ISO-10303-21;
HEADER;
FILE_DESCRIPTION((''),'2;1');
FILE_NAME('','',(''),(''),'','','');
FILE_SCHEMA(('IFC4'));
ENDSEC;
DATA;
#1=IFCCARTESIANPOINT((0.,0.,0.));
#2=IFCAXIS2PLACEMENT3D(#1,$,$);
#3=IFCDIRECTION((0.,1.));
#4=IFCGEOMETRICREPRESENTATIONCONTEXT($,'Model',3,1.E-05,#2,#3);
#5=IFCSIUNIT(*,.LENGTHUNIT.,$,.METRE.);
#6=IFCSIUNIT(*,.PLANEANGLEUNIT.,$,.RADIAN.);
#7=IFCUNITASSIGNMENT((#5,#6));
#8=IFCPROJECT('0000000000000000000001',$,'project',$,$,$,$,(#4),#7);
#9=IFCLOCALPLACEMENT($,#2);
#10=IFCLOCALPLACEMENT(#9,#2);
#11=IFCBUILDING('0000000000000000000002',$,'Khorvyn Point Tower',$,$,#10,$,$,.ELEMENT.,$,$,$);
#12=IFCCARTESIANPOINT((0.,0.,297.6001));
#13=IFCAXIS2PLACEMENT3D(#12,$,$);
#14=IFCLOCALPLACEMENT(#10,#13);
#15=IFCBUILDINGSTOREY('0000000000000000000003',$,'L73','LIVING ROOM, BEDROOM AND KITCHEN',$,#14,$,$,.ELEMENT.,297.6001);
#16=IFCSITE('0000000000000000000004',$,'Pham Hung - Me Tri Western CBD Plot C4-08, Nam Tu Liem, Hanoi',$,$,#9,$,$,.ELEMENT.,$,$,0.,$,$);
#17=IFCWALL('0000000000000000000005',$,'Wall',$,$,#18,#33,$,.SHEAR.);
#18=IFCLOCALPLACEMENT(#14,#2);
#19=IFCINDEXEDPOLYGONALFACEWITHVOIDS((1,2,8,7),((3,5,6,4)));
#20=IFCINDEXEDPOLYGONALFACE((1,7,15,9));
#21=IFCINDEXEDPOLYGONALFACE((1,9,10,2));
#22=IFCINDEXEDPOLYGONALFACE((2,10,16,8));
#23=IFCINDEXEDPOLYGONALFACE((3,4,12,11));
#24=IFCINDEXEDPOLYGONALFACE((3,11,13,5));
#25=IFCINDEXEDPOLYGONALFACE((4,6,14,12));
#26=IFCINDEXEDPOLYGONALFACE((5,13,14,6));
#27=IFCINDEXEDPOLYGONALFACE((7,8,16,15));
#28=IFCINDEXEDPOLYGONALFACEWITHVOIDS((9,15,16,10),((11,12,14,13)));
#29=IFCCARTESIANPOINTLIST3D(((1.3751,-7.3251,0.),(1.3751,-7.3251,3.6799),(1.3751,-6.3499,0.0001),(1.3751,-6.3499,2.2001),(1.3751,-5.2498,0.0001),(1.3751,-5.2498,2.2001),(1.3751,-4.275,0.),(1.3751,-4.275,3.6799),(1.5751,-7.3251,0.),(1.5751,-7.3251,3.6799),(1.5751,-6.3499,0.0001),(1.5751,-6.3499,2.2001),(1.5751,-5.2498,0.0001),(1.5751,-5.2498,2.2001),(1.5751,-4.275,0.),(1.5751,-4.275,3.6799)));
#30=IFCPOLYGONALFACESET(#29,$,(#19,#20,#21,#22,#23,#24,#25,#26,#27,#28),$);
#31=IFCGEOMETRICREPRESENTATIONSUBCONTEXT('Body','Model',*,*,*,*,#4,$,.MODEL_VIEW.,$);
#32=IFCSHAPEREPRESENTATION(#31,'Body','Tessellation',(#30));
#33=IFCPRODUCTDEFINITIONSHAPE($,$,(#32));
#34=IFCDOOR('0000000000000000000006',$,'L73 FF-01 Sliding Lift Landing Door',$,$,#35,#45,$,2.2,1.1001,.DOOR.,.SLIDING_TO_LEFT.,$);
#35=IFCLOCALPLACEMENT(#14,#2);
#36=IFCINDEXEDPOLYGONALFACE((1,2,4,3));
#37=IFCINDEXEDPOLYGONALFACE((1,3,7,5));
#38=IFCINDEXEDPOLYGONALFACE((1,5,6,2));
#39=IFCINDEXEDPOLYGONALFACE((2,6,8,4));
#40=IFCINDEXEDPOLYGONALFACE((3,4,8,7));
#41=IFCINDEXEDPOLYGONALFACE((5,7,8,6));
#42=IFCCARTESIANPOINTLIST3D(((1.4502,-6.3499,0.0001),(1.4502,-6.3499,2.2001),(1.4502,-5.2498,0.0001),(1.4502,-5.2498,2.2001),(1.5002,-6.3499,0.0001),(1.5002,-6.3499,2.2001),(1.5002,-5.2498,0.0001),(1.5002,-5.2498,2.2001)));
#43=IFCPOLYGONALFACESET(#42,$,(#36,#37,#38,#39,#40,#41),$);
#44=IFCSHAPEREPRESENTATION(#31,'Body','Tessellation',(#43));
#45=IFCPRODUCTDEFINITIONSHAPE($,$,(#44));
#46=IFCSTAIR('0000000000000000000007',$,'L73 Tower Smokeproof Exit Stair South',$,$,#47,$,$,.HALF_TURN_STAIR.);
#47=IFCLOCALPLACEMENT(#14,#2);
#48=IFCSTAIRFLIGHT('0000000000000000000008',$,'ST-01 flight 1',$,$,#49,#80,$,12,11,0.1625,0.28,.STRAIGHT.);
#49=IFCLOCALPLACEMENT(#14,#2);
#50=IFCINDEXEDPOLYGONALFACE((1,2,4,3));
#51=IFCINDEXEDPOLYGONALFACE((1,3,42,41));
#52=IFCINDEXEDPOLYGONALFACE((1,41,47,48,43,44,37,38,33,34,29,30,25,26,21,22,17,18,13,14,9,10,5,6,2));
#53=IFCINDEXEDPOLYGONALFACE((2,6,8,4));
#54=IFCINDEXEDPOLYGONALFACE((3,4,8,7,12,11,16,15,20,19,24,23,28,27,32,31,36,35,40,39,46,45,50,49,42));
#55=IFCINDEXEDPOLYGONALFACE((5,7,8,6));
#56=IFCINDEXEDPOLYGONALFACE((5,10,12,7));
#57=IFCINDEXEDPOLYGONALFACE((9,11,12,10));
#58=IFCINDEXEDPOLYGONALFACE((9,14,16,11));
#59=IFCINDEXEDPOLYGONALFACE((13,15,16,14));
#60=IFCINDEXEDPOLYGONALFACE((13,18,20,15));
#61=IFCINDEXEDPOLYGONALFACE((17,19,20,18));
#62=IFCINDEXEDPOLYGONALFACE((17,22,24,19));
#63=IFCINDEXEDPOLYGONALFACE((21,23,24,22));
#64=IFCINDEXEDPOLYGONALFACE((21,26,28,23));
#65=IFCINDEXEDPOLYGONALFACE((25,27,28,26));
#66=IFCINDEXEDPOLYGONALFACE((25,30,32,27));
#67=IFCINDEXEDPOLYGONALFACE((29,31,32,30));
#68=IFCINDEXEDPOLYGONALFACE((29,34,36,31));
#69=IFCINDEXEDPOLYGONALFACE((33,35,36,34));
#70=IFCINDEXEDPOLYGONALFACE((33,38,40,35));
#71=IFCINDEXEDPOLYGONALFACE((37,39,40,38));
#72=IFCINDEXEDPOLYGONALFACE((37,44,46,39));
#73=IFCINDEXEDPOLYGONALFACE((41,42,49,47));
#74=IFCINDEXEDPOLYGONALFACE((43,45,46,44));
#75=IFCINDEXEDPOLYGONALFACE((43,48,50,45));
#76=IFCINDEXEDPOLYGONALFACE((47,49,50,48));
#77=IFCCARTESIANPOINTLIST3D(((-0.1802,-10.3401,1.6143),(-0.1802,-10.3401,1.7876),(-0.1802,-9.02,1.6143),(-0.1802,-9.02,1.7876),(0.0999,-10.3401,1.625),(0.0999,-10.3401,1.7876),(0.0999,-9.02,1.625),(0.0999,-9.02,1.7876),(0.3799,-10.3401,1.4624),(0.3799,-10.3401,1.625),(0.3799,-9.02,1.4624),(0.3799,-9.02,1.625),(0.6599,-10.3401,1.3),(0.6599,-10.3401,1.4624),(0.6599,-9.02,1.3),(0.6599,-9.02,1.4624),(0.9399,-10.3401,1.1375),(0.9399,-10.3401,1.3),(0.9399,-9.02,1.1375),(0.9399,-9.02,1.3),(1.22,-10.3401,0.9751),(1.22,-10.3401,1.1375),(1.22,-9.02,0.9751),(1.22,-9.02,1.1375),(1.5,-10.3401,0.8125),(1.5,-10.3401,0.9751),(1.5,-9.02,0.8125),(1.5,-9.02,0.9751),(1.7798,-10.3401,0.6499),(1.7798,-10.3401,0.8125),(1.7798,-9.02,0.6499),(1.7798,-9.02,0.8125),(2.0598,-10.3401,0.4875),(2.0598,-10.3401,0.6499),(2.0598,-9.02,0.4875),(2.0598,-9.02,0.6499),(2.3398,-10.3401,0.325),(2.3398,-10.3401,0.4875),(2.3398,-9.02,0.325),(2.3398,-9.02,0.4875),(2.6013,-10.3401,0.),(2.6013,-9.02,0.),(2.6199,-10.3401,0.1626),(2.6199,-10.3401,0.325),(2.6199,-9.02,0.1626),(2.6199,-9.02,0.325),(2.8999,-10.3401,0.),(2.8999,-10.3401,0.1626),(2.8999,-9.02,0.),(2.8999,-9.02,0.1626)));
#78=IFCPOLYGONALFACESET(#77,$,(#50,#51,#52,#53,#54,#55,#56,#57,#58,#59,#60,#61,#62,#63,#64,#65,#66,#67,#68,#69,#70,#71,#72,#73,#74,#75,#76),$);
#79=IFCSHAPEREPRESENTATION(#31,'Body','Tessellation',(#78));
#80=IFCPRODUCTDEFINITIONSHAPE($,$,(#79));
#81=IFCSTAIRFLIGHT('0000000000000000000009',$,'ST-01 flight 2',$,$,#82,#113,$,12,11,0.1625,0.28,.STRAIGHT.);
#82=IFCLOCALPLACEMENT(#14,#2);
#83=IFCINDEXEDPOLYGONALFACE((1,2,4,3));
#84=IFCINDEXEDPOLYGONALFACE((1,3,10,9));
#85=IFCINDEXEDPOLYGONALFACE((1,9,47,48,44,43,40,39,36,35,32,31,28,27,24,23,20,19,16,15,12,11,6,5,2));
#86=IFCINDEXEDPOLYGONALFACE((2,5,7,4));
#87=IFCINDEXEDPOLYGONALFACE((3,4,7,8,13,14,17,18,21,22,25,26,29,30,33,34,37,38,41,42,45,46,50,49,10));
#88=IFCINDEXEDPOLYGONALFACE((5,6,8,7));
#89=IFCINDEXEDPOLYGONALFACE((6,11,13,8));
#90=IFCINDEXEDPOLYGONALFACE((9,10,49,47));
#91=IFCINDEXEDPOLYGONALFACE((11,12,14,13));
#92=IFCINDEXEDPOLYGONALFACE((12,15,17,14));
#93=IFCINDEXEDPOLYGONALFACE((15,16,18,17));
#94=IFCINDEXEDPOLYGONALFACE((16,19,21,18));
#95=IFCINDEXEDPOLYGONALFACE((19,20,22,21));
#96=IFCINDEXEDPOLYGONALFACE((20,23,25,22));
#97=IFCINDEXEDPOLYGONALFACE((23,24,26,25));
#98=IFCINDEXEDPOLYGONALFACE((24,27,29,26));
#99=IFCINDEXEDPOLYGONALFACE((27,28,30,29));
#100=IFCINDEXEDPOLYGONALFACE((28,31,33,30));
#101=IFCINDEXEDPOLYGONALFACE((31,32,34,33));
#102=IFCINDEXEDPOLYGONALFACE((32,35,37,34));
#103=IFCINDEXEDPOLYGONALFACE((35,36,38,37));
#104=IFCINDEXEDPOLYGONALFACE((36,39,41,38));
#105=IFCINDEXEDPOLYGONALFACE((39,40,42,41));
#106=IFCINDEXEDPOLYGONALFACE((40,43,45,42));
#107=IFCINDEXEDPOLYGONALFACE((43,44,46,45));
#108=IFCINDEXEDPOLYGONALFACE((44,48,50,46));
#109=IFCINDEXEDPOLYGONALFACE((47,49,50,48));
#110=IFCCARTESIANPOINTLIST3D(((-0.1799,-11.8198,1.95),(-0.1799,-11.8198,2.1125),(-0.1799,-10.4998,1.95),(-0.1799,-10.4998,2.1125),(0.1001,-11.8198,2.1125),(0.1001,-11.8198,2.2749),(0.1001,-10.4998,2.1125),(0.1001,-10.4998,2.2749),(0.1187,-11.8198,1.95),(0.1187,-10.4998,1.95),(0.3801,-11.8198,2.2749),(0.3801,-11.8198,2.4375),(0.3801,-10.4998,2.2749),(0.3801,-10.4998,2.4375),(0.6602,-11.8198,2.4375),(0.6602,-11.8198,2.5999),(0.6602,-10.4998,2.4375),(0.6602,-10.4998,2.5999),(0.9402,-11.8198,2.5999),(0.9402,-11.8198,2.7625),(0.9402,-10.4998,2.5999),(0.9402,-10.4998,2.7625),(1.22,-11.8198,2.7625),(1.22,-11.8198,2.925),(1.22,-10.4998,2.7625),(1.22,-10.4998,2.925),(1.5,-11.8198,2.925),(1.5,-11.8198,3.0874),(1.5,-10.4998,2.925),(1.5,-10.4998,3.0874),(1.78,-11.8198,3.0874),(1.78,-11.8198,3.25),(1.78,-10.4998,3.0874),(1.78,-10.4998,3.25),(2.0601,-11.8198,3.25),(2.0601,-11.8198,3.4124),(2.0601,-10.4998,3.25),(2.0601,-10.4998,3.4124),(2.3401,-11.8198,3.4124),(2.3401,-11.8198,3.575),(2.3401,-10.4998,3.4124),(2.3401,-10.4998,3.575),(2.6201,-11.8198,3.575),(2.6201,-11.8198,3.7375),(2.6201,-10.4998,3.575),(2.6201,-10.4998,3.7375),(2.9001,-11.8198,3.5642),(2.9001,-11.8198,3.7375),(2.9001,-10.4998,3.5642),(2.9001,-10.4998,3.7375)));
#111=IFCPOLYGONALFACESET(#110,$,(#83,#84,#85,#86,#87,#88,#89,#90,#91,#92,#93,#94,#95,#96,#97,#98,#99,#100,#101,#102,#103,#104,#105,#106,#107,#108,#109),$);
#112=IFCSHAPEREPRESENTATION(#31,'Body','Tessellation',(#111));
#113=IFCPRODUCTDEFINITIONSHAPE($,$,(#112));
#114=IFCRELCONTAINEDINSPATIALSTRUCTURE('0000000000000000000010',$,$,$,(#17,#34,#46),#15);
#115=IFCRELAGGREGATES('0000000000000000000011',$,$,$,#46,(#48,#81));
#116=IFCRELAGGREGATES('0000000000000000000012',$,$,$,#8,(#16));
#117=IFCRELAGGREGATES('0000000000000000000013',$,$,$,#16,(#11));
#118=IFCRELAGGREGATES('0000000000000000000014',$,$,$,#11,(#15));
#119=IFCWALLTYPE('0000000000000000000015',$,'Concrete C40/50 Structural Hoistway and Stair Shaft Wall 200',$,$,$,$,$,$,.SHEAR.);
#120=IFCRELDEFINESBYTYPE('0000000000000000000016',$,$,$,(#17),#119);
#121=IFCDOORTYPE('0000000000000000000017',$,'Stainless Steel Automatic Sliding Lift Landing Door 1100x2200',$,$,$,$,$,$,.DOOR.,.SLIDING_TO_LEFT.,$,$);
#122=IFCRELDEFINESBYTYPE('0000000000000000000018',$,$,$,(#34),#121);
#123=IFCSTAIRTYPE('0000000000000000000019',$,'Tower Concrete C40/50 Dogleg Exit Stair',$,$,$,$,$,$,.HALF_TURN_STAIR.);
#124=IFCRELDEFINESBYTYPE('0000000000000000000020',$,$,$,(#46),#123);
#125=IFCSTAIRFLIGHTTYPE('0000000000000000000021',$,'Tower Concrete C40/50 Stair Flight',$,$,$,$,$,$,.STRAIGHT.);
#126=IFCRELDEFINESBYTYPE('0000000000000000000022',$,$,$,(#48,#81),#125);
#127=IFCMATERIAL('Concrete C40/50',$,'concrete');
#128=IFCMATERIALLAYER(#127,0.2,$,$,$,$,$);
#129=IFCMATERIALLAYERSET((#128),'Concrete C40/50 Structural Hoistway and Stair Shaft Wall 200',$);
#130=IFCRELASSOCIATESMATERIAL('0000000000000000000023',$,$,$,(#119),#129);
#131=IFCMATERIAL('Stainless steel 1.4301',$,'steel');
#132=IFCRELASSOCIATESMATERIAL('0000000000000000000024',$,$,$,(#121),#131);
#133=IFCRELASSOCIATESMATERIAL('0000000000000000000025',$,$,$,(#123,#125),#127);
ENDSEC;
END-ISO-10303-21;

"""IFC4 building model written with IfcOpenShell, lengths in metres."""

from ifc_helpers import new_model, si_unit, direction, frame, frame_2d, origin, place, context, subcontext, project, spatial, polyline, rectangle, outline, extrude, material, layer, layer_set, type_object, element, fill, aggregate, save


model = new_model("IFC4")

# Units and contexts
model_context = context("Model", 3, precision=1e-05, world=origin(), true_north=direction((0.0, 1.0)))
body_context = subcontext(model_context, "Body", "Model", "MODEL_VIEW")
ifc_project = project(units=[si_unit("LENGTHUNIT", "METRE"), si_unit("PLANEANGLEUNIT", "RADIAN")], contexts=[model_context])

# Site, building, storey
site_placement = place(None, origin())
site = spatial("IfcSite", under=ifc_project, at=site_placement, Name="Pham Hung - Me Tri Western CBD Plot C4-08, Nam Tu Liem, Hanoi", CompositionType="ELEMENT", RefElevation=0.0)
building_placement = place(site_placement, origin())
building = spatial("IfcBuilding", under=site, at=building_placement, Name="Khorvyn Point Tower", CompositionType="ELEMENT")
storey_placement = place(building_placement, frame((0.0, 0.0, 297.6001)))
storey = spatial("IfcBuildingStorey", under=building, at=storey_placement, Name="L73", Description="LIVING ROOM, BEDROOM AND KITCHEN", CompositionType="ELEMENT", Elevation=297.6001)

# Shared definitions
ifc_material_1 = material(Name="Concrete C40/50", Category="concrete")

# Wall, opening, door
ifc_layer_1 = layer(ifc_material_1, 0.2)
ifc_layer_set_1 = layer_set([ifc_layer_1], Name="Concrete C40/50 Structural Hoistway and Stair Shaft Wall 200")
wall_type_1 = type_object("IfcWallType", Name="Concrete C40/50 Structural Hoistway and Stair Shaft Wall 200", PredefinedType="SHEAR", material=ifc_layer_set_1)
ifc_material_2 = material(Name="Stainless steel 1.4301", Category="steel")
door_type_1 = type_object("IfcDoorType", Name="Stainless Steel Automatic Sliding Lift Landing Door 1100x2200", OperationType="SLIDING_TO_LEFT", PredefinedType="DOOR", material=ifc_material_2)
wall_1_placement = place(storey_placement, frame((1.4751, -7.325, 0.0), z_axis=(0.0, 0.0, 1.0), x_axis=(0.0, 1.0, 0.0)))
wall_1 = element("IfcWall", 1, at=wall_1_placement, inside=storey, type_object=wall_type_1, Name="Wall", PredefinedType="SHEAR", context=body_context, shape_type="SweptSolid", body=[
    extrude(rectangle(XDim=3.05, YDim=0.2, at=frame_2d((1.5249, 0.0))), origin(), (0.0, 0.0, 1.0), 3.6799),
])
opening_1_placement = place(wall_1_placement, frame((0.9751, 0.0, 0.0)))
opening_1 = element("IfcOpeningElement", 2, at=opening_1_placement, cuts=wall_1, PredefinedType="OPENING", context=body_context, shape_type="SweptSolid", body=[
    extrude(rectangle(XDim=1.1001, YDim=2.2, at=frame_2d((0.55, 1.1001))), frame((0.0, 0.1099, 0.0), z_axis=(0.0, -1.0, 0.0), x_axis=(1.0, 0.0, 0.0)), (0.0, 0.0, 1.0), 0.22),
])
door_1_placement = place(opening_1_placement, origin())
door_1 = element("IfcDoor", 3, at=door_1_placement, inside=storey, type_object=door_type_1, Name="L73 FF-01 Sliding Lift Landing Door", OperationType="SLIDING_TO_LEFT", OverallHeight=2.2, OverallWidth=1.1001, PredefinedType="DOOR", context=body_context, shape_type="SweptSolid", body=[
    extrude(rectangle(XDim=1.1001, YDim=2.2, at=frame_2d((0.55, 1.1001))), frame((0.0, 0.0249, 0.0), z_axis=(0.0, -1.0, 0.0), x_axis=(1.0, 0.0, 0.0)), (0.0, 0.0, 1.0), 0.05),
])
fill(opening_1, door_1)

# Stair, stair flights
stair_type = type_object("IfcStairType", Name="Tower Concrete C40/50 Dogleg Exit Stair", PredefinedType="HALF_TURN_STAIR", material=ifc_material_1)
stair_placement = place(storey_placement, origin())
stair = element("IfcStair", 4, at=stair_placement, inside=storey, type_object=stair_type, Name="L73 Tower Smokeproof Exit Stair South", PredefinedType="HALF_TURN_STAIR")
stair_flight_type = type_object("IfcStairFlightType", Name="Tower Concrete C40/50 Stair Flight", PredefinedType="STRAIGHT", material=ifc_material_1)
stair_flight_1_placement = place(storey_placement, frame((2.8999, -9.6799, 0.0), z_axis=(0.0, 0.0, 1.0), x_axis=(-1.0, 0.0, 0.0)))
stair_flight_1 = element("IfcStairFlight", 5, at=stair_flight_1_placement, type_object=stair_flight_type, Name="ST-01 flight 1", NumberOfRisers=12, NumberOfTreads=11, PredefinedType="STRAIGHT", RiserHeight=0.1625, TreadLength=0.28, context=body_context, shape_type="SweptSolid", body=[
    extrude(outline(polyline([(0.0, 0.0), (0.0, 0.1626), (0.28, 0.1626), (0.28, 0.325), (0.5601, 0.325), (0.5601, 0.4875), (0.8401, 0.4875), (0.8401, 0.6499), (1.1201, 0.6499), (1.1201, 0.8125), (1.3999, 0.8125), (1.3999, 0.9751), (1.6799, 0.9751), (1.6799, 1.1375), (1.96, 1.1375), (1.96, 1.3), (2.24, 1.3), (2.24, 1.4624), (2.52, 1.4624), (2.52, 1.625), (2.8, 1.625), (2.8, 1.7876), (3.0801, 1.7876), (3.0801, 1.95), (3.0801, 1.6143), (0.2986, 0.0), (0.0, 0.0)])), frame((0.0, 0.6602, 0.0), z_axis=(0.0, -1.0, 0.0), x_axis=(1.0, 0.0, 0.0)), (0.0, 0.0, 1.0), 1.3201),
])
stair_flight_2_placement = place(storey_placement, frame((-0.1799, -11.1599, 1.95), z_axis=(0.0, 0.0, 1.0), x_axis=(1.0, 0.0, 0.0)))
stair_flight_2 = element("IfcStairFlight", 6, at=stair_flight_2_placement, type_object=stair_flight_type, Name="ST-01 flight 2", NumberOfRisers=12, NumberOfTreads=11, PredefinedType="STRAIGHT", RiserHeight=0.1625, TreadLength=0.28, context=body_context, shape_type="SweptSolid", body=[
    extrude(outline(polyline([(0.0, 0.0), (0.0, 0.1626), (0.28, 0.1626), (0.28, 0.325), (0.5601, 0.325), (0.5601, 0.4875), (0.8401, 0.4875), (0.8401, 0.6499), (1.1201, 0.6499), (1.1201, 0.8125), (1.3999, 0.8125), (1.3999, 0.9751), (1.6799, 0.9751), (1.6799, 1.1375), (1.96, 1.1375), (1.96, 1.3), (2.24, 1.3), (2.24, 1.4624), (2.52, 1.4624), (2.52, 1.625), (2.8, 1.625), (2.8, 1.7876), (3.0801, 1.7876), (3.0801, 1.95), (3.0801, 1.6143), (0.2986, 0.0), (0.0, 0.0)])), frame((0.0, 0.6602, 0.0), z_axis=(0.0, -1.0, 0.0), x_axis=(1.0, 0.0, 0.0)), (0.0, 0.0, 1.0), 1.3201),
])
aggregate(stair, [stair_flight_1, stair_flight_2])

save(model, "model.ifc")
